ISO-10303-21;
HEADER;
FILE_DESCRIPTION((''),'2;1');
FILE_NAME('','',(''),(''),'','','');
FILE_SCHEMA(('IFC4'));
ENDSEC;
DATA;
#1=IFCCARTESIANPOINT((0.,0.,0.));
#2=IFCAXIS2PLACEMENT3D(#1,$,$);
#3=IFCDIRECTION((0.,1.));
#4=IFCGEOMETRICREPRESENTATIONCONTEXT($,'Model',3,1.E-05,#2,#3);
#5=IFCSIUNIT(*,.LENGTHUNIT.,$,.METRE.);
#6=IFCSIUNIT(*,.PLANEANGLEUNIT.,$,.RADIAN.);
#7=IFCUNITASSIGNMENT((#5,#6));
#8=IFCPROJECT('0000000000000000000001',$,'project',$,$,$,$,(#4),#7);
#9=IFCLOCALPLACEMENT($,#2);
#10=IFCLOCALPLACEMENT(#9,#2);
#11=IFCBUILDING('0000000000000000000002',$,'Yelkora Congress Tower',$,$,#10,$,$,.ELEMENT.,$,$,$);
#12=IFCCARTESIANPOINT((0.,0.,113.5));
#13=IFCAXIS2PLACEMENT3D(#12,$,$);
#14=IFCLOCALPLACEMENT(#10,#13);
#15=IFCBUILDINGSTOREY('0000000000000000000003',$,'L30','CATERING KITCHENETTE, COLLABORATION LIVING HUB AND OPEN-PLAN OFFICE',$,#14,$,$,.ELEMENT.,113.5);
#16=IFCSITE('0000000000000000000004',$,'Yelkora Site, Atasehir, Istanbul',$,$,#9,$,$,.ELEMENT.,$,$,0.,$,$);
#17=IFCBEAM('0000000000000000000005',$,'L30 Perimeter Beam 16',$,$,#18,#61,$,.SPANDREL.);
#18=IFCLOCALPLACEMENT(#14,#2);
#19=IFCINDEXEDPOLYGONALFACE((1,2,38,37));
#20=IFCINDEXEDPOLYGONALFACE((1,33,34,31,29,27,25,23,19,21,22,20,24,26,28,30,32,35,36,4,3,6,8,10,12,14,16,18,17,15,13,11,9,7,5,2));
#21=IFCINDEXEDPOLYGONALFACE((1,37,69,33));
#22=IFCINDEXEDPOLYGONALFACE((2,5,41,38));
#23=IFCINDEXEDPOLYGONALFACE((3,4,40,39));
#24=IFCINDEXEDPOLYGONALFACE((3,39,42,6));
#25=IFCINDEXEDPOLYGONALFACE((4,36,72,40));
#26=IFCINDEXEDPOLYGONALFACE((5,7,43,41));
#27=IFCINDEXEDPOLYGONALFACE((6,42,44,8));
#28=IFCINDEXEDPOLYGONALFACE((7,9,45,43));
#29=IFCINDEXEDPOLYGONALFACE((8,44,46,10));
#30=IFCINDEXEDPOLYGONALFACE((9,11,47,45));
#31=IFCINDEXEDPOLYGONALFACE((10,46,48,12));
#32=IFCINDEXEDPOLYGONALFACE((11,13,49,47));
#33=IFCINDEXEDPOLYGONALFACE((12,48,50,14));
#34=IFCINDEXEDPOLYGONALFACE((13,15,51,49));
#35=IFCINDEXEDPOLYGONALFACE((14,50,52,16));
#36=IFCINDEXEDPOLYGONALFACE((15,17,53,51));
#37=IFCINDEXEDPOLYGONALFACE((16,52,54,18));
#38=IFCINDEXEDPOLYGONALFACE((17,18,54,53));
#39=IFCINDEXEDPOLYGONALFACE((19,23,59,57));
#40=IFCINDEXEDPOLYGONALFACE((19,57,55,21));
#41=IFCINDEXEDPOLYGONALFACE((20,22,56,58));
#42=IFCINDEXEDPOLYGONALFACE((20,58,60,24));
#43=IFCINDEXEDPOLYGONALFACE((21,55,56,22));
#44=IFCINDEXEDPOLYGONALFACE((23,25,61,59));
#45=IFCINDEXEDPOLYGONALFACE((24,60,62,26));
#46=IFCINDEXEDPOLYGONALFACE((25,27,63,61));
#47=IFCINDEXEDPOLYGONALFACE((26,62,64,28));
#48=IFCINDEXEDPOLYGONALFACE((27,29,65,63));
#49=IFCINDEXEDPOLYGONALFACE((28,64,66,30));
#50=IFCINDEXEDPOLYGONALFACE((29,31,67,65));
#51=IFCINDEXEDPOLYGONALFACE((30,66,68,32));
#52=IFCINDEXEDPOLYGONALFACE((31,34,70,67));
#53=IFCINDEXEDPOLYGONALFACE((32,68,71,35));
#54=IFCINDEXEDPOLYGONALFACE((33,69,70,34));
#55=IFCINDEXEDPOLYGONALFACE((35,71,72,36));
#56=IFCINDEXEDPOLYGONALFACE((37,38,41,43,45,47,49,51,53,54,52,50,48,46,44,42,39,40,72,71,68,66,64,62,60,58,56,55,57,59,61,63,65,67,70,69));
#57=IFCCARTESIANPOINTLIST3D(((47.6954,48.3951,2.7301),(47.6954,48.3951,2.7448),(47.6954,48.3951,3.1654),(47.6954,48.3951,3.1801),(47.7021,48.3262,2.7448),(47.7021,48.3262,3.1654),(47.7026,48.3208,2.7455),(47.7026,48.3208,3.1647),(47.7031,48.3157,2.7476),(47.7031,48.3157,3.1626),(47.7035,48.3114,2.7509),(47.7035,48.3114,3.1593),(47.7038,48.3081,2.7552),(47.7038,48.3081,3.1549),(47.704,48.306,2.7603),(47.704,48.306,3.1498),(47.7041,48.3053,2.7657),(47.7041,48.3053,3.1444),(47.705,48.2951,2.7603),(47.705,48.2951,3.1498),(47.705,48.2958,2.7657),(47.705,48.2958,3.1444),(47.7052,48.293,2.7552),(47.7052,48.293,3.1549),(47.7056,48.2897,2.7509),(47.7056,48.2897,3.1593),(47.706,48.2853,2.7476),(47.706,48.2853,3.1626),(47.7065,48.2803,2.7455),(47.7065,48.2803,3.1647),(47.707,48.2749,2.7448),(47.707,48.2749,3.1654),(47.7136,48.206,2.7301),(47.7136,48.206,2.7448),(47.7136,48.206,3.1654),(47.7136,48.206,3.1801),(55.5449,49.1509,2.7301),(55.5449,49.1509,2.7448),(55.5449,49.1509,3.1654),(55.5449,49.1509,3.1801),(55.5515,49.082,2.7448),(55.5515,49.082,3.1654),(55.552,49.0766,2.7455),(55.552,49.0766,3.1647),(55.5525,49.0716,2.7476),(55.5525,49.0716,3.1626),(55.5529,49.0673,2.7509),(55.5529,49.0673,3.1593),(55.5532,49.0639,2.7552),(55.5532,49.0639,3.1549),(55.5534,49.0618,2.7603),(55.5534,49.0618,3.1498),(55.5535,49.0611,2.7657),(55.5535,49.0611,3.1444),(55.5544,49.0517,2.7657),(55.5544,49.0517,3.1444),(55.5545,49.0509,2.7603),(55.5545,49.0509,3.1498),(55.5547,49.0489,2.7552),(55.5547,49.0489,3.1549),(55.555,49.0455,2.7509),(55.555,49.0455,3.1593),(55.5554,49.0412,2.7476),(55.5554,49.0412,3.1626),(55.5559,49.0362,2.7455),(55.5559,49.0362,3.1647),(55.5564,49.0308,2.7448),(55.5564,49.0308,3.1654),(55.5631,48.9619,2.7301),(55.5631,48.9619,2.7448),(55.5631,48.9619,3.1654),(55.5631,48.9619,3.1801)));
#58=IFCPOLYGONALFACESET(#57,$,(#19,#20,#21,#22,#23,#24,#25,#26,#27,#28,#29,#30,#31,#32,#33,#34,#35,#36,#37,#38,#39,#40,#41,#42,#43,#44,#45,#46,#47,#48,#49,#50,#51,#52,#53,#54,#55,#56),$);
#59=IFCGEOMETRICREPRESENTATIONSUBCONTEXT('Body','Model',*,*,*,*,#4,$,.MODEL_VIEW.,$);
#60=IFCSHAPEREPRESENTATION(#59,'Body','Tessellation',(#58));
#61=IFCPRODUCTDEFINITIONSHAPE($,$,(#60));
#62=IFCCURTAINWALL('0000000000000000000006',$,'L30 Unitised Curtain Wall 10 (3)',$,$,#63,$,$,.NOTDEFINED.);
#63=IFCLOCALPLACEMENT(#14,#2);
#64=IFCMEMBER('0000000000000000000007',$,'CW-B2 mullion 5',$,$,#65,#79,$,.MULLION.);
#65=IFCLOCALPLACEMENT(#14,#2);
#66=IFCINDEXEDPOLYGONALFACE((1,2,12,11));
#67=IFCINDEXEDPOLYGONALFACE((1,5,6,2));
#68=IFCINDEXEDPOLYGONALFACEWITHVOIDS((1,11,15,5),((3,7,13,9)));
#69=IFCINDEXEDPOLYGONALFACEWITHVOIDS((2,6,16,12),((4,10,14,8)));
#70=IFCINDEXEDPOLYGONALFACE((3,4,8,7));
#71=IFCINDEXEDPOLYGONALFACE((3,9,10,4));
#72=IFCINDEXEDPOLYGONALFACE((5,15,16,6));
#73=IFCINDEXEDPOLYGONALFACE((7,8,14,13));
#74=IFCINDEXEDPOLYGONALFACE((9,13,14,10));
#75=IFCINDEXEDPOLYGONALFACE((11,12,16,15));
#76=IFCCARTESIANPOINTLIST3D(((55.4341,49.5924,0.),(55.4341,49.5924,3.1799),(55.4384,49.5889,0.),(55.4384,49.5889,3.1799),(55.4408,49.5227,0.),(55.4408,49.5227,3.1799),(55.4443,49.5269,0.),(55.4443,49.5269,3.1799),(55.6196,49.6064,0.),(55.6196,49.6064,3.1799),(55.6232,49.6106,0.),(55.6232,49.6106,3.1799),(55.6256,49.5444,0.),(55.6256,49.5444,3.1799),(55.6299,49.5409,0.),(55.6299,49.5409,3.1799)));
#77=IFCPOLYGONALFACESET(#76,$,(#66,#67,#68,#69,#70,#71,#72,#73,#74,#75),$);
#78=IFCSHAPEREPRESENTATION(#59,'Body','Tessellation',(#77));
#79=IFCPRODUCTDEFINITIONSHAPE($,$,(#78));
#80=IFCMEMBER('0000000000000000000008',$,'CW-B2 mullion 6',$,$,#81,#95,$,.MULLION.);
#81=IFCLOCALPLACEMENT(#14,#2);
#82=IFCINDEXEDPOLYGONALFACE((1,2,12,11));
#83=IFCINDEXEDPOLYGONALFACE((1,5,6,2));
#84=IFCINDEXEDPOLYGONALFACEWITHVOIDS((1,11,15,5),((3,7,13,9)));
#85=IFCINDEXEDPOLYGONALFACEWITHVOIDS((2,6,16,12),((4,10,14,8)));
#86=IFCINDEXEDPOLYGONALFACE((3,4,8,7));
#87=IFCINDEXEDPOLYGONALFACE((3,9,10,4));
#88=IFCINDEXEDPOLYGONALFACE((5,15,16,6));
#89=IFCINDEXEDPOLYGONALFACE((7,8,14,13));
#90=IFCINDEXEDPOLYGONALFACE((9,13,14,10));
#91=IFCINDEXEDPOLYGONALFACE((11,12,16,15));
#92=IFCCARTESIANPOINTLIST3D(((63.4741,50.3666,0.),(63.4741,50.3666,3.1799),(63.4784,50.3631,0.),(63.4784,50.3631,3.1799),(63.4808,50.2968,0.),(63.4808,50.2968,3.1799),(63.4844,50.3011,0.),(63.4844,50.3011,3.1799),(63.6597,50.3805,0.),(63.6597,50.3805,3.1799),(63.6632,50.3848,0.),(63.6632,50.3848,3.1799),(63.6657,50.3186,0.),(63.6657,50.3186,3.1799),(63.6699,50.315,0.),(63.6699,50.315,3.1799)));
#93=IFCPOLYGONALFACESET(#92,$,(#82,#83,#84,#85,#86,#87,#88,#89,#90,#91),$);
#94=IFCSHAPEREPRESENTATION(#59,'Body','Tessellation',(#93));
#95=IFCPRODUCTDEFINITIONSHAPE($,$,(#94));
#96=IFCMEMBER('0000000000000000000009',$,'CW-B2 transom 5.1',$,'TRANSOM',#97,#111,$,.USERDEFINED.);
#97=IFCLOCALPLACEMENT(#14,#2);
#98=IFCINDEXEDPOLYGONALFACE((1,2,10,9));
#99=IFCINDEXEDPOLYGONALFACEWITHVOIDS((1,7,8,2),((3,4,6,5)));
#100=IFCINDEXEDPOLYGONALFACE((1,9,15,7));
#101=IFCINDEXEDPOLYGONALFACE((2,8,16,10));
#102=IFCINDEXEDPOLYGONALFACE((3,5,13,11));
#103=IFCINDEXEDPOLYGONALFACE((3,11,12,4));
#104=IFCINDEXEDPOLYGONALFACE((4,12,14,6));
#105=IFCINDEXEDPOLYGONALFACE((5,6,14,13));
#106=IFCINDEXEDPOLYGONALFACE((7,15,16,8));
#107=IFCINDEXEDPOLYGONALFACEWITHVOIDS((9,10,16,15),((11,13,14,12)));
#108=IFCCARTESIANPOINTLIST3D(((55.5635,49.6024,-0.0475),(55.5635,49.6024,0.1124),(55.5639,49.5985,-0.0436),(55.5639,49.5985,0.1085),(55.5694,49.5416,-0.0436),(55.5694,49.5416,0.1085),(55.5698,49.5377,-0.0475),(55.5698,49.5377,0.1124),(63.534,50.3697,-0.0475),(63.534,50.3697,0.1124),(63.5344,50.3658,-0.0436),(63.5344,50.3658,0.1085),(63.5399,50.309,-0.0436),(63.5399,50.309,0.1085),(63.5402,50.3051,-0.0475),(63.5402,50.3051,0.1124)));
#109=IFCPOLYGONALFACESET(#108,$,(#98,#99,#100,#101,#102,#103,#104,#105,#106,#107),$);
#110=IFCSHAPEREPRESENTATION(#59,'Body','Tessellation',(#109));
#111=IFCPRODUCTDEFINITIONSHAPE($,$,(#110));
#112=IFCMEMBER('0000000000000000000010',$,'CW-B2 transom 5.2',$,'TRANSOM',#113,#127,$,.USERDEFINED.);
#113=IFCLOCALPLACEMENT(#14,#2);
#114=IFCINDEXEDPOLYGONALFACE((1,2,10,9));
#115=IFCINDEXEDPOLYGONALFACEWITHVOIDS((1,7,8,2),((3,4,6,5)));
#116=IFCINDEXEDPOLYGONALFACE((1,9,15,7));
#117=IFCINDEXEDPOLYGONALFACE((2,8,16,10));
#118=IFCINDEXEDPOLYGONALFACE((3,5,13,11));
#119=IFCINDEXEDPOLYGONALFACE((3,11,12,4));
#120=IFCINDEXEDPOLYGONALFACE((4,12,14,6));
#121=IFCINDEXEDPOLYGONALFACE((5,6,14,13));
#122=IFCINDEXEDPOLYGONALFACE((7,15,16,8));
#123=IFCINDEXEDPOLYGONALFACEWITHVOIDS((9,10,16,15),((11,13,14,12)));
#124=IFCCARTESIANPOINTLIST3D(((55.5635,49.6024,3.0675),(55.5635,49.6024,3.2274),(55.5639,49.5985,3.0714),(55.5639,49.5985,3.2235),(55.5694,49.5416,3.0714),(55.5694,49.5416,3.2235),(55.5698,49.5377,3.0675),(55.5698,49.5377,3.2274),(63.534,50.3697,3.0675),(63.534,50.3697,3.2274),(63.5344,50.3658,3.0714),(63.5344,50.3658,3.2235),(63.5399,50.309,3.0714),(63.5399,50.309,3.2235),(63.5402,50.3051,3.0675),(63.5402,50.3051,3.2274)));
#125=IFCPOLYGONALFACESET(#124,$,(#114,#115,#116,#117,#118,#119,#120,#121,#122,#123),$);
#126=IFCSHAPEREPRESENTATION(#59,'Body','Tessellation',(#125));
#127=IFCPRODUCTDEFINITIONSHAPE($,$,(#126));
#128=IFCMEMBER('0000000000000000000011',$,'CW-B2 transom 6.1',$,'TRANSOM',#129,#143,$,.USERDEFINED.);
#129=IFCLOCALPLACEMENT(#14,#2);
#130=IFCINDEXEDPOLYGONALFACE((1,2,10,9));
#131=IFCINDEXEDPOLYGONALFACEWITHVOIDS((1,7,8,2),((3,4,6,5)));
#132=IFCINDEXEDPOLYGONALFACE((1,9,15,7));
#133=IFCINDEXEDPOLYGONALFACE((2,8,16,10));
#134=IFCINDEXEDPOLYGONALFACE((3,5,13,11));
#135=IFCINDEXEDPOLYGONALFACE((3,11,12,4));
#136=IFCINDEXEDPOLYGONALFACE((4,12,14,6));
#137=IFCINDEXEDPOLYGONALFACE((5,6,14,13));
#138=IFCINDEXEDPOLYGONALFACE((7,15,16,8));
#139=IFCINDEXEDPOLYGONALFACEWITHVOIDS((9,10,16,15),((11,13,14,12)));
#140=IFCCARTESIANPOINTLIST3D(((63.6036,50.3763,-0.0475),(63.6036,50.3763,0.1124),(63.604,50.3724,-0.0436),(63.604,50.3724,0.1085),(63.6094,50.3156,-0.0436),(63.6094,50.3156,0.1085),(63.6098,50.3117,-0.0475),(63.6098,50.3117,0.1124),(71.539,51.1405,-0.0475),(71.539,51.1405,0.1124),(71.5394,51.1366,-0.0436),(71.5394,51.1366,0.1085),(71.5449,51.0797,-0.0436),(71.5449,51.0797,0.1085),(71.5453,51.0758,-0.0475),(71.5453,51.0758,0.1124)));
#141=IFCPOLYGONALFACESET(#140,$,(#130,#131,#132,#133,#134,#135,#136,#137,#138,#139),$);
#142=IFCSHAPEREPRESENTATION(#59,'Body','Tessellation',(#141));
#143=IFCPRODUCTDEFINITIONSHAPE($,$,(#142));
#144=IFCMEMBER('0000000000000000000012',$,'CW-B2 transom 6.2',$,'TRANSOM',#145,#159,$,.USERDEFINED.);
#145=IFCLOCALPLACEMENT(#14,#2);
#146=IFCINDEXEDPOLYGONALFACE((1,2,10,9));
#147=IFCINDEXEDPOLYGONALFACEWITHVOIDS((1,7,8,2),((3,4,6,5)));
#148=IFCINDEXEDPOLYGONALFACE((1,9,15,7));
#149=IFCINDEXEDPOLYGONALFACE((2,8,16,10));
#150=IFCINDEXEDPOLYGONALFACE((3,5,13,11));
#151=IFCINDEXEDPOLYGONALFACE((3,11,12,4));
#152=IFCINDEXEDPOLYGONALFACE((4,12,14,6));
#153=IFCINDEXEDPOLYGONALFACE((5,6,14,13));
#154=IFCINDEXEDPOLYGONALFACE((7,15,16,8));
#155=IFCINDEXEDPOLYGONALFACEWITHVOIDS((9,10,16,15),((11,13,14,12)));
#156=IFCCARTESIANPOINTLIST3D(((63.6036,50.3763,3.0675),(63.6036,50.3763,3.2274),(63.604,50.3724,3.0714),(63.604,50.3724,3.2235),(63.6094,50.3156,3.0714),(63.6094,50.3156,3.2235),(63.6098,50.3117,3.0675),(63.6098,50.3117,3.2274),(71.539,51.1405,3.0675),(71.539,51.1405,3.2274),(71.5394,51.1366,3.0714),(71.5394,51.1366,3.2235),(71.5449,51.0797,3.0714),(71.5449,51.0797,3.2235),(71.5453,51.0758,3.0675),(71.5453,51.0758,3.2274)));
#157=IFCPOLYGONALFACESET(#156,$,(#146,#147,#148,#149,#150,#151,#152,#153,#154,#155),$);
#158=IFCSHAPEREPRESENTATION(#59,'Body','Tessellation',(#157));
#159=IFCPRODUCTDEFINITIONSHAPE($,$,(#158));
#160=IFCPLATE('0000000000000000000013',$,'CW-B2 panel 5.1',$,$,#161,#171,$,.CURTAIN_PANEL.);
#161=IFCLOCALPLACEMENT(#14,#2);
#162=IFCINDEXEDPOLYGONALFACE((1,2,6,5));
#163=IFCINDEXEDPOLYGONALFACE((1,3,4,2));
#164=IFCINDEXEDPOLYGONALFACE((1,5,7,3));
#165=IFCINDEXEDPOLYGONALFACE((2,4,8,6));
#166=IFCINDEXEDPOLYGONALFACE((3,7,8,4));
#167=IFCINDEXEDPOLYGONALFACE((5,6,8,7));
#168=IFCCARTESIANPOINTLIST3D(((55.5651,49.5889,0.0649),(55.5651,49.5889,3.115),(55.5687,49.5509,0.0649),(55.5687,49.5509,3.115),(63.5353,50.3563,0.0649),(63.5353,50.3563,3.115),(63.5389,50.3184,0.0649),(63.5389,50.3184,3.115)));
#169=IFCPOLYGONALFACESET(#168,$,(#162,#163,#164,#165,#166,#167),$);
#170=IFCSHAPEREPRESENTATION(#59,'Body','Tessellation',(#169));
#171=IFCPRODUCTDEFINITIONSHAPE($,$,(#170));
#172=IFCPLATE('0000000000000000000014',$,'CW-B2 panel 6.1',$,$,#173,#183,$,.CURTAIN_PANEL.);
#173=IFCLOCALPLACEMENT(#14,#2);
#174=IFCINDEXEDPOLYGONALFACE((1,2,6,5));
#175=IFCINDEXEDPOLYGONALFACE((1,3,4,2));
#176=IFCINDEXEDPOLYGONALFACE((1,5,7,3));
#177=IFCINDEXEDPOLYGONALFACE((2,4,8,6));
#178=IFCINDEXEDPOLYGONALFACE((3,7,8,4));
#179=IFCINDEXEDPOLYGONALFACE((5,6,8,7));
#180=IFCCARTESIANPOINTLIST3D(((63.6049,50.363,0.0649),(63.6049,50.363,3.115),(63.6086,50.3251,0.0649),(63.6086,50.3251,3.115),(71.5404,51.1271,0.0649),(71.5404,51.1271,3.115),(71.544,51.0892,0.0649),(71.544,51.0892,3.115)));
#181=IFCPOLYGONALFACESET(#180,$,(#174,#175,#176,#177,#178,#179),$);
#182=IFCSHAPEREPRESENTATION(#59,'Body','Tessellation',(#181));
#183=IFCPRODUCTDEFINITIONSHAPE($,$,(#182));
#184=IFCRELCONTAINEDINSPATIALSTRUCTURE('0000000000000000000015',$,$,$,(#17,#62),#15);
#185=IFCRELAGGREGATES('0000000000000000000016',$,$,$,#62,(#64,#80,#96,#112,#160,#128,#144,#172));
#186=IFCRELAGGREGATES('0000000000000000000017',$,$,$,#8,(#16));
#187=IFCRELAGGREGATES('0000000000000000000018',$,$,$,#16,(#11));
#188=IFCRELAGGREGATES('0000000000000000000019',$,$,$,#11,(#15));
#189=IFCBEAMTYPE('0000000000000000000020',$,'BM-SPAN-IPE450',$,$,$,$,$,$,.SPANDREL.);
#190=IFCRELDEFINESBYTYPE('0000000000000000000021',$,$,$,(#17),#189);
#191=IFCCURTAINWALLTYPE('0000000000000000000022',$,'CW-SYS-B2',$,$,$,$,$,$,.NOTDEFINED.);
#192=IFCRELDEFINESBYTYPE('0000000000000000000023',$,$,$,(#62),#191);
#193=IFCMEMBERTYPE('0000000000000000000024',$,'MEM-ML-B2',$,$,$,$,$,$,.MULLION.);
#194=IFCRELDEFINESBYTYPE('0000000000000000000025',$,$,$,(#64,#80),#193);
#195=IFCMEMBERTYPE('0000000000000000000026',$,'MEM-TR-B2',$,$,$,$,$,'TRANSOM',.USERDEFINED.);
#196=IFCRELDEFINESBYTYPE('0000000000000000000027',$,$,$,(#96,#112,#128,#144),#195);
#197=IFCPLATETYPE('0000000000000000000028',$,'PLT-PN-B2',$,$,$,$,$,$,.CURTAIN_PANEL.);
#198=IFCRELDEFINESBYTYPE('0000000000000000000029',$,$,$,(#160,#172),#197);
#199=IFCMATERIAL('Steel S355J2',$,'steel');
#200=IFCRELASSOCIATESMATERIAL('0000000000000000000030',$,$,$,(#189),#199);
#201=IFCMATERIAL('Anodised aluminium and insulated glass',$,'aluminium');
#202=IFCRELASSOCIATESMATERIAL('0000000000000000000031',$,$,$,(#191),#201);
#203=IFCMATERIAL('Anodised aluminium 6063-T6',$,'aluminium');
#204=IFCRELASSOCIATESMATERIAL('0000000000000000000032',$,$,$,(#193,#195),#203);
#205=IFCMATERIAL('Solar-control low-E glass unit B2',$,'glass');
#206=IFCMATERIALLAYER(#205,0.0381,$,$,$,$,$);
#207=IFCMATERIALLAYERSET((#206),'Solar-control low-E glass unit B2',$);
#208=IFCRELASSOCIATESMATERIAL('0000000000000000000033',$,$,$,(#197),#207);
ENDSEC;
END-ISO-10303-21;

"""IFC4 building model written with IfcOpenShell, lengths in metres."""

from ifc_helpers import new_model, si_unit, direction, frame, origin, origin_2d, place, context, subcontext, project, spatial, rectangle, hollow_rectangle, i_section, extrude, material, layer, layer_set, material_profile, profile_set, type_object, element, aggregate, save


model = new_model("IFC4")

# Units and contexts
model_context = context("Model", 3, precision=1e-05, world=origin(), true_north=direction((0.0, 1.0)))
body_context = subcontext(model_context, "Body", "Model", "MODEL_VIEW")
ifc_project = project(units=[si_unit("LENGTHUNIT", "METRE"), si_unit("PLANEANGLEUNIT", "RADIAN")], contexts=[model_context])

# Site, building, storey
site_placement = place(None, origin())
site = spatial("IfcSite", under=ifc_project, at=site_placement, Name="Yelkora Site, Atasehir, Istanbul", CompositionType="ELEMENT", RefElevation=0.0)
building_placement = place(site_placement, origin())
building = spatial("IfcBuilding", under=site, at=building_placement, Name="Yelkora Congress Tower", CompositionType="ELEMENT")
storey_placement = place(building_placement, frame((0.0, 0.0, 113.5)))
storey = spatial("IfcBuildingStorey", under=building, at=storey_placement, Name="L30", Description="CATERING KITCHENETTE, COLLABORATION LIVING HUB AND OPEN-PLAN OFFICE", CompositionType="ELEMENT", Elevation=113.5)

# Beam
ifc_material_1 = material(Name="Steel S355J2", Category="steel")
ifc_material_profile_1 = material_profile(ifc_material_1, i_section(OverallWidth=0.1899, OverallDepth=0.45, WebThickness=0.0095, FlangeThickness=0.0146, FilletRadius=0.021, at=origin_2d()), Name="IPE 450")
ifc_profile_set_1 = profile_set([ifc_material_profile_1], Name="Steel S355J2")
beam_type_1 = type_object("IfcBeamType", Name="BM-SPAN-IPE450", PredefinedType="SPANDREL", material=ifc_profile_set_1)
for number, where, z_axis, x_axis, name in (
    (1, (55.554, 49.0564, 2.9551), (-0.995396, -0.095852, 0.0), (0.095852, -0.995396, 0.0), "L30 Perimeter Beam 16"),
):
    element("IfcBeam", number, at=place(storey_placement, frame(where, z_axis=z_axis, x_axis=x_axis)), inside=storey, type_object=beam_type_1, Name=name, PredefinedType="SPANDREL", context=body_context, shape_type="SweptSolid", body=[
        extrude(i_section(OverallWidth=0.1899, OverallDepth=0.45, WebThickness=0.0095, FlangeThickness=0.0146, FilletRadius=0.021, at=origin_2d()), origin(), (0.0, 0.0, 1.0), 7.8857),
    ])

# Curtain wall, members, plates
ifc_material_2 = material(Name="Anodised aluminium and insulated glass", Category="aluminium")
curtain_wall_type = type_object("IfcCurtainWallType", Name="CW-SYS-B2", PredefinedType="NOTDEFINED", material=ifc_material_2)
curtain_wall_placement = place(storey_placement, origin())
curtain_wall = element("IfcCurtainWall", 2, at=curtain_wall_placement, inside=storey, type_object=curtain_wall_type, Name="L30 Unitised Curtain Wall 10 (3)", PredefinedType="NOTDEFINED")
ifc_material_3 = material(Name="Anodised aluminium 6063-T6", Category="aluminium")
ifc_material_profile_2 = material_profile(ifc_material_3, hollow_rectangle(XDim=0.0701, YDim=0.1899, WallThickness=0.0039, at=origin_2d()), Name="ALU 70x190x4")
ifc_profile_set_2 = profile_set([ifc_material_profile_2], Name="Anodised aluminium 6063-T6")
member_type_1 = type_object("IfcMemberType", Name="MEM-ML-B2", PredefinedType="MULLION", material=ifc_profile_set_2)
member_1_placement = place(storey_placement, frame((55.532, 49.5667, 0.0), z_axis=(0.0, 0.0, 1.0), x_axis=(-0.095844, 0.995396, 0.0)))
member_1 = element("IfcMember", 3, at=member_1_placement, type_object=member_type_1, Name="CW-B2 mullion 5", PredefinedType="MULLION", context=body_context, shape_type="SweptSolid", body=[
    extrude(hollow_rectangle(XDim=0.0701, YDim=0.1899, WallThickness=0.0039, at=origin_2d()), origin(), (0.0, 0.0, 1.0), 3.1799),
])
member_2_placement = place(storey_placement, frame((63.572, 50.3408, 0.0), z_axis=(0.0, 0.0, 1.0), x_axis=(-0.095844, 0.995396, 0.0)))
member_2 = element("IfcMember", 4, at=member_2_placement, type_object=member_type_1, Name="CW-B2 mullion 6", PredefinedType="MULLION", context=body_context, shape_type="SweptSolid", body=[
    extrude(hollow_rectangle(XDim=0.0701, YDim=0.1899, WallThickness=0.0039, at=origin_2d()), origin(), (0.0, 0.0, 1.0), 3.1799),
])
ifc_material_profile_3 = material_profile(ifc_material_3, hollow_rectangle(XDim=0.0649, YDim=0.1599, WallThickness=0.0039, at=origin_2d()), Name="ALU 65x160x4")
ifc_profile_set_3 = profile_set([ifc_material_profile_3], Name="Anodised aluminium 6063-T6")
member_type_2 = type_object("IfcMemberType", Name="MEM-TR-B2", ElementType="TRANSOM", PredefinedType="USERDEFINED", material=ifc_profile_set_3)
member_3_placement = place(storey_placement, frame((55.5667, 49.5701, 0.0325), z_axis=(0.995398, 0.095829, 0.0), x_axis=(-0.095829, 0.995398, 0.0)))
member_3 = element("IfcMember", 5, at=member_3_placement, type_object=member_type_2, Name="CW-B2 transom 5.1", ObjectType="TRANSOM", PredefinedType="USERDEFINED", context=body_context, shape_type="SweptSolid", body=[
    extrude(hollow_rectangle(XDim=0.0649, YDim=0.1599, WallThickness=0.0039, at=origin_2d()), origin(), (0.0, 0.0, 1.0), 8.0073),
])
member_4_placement = place(storey_placement, frame((55.5667, 49.5701, 3.1475), z_axis=(0.995398, 0.095829, 0.0), x_axis=(-0.095829, 0.995398, 0.0)))
member_4 = element("IfcMember", 6, at=member_4_placement, type_object=member_type_2, Name="CW-B2 transom 5.2", ObjectType="TRANSOM", PredefinedType="USERDEFINED", context=body_context, shape_type="SweptSolid", body=[
    extrude(hollow_rectangle(XDim=0.0649, YDim=0.1599, WallThickness=0.0039, at=origin_2d()), origin(), (0.0, 0.0, 1.0), 8.0073),
])
member_5_placement = place(storey_placement, frame((63.6067, 50.344, 0.0325), z_axis=(0.995396, 0.095852, 0.0), x_axis=(-0.095852, 0.995396, 0.0)))
member_5 = element("IfcMember", 7, at=member_5_placement, type_object=member_type_2, Name="CW-B2 transom 6.1", ObjectType="TRANSOM", PredefinedType="USERDEFINED", context=body_context, shape_type="SweptSolid", body=[
    extrude(hollow_rectangle(XDim=0.0649, YDim=0.1599, WallThickness=0.0039, at=origin_2d()), origin(), (0.0, 0.0, 1.0), 7.9722),
])
member_6_placement = place(storey_placement, frame((63.6067, 50.344, 3.1475), z_axis=(0.995396, 0.095852, 0.0), x_axis=(-0.095852, 0.995396, 0.0)))
member_6 = element("IfcMember", 8, at=member_6_placement, type_object=member_type_2, Name="CW-B2 transom 6.2", ObjectType="TRANSOM", PredefinedType="USERDEFINED", context=body_context, shape_type="SweptSolid", body=[
    extrude(hollow_rectangle(XDim=0.0649, YDim=0.1599, WallThickness=0.0039, at=origin_2d()), origin(), (0.0, 0.0, 1.0), 7.9722),
])
ifc_material_4 = material(Name="Solar-control low-E glass unit B2", Category="glass")
ifc_layer_1 = layer(ifc_material_4, 0.0381)
ifc_layer_set_1 = layer_set([ifc_layer_1], Name="Solar-control low-E glass unit B2")
plate_type = type_object("IfcPlateType", Name="PLT-PN-B2", PredefinedType="CURTAIN_PANEL", material=ifc_layer_set_1)
plate_1_placement = place(storey_placement, frame((59.552, 49.9536, 0.0649), z_axis=(0.0, 0.0, 1.0), x_axis=(0.995396, 0.095844, 0.0)))
plate_1 = element("IfcPlate", 9, at=plate_1_placement, type_object=plate_type, Name="CW-B2 panel 5.1", PredefinedType="CURTAIN_PANEL", context=body_context, shape_type="SweptSolid", body=[
    extrude(rectangle(XDim=8.0071, YDim=0.0381, at=origin_2d()), origin(), (0.0, 0.0, 1.0), 3.05),
])
plate_2_placement = place(storey_placement, frame((67.5745, 50.7261, 0.0649), z_axis=(0.0, 0.0, 1.0), x_axis=(0.995396, 0.095844, 0.0)))
plate_2 = element("IfcPlate", 10, at=plate_2_placement, type_object=plate_type, Name="CW-B2 panel 6.1", PredefinedType="CURTAIN_PANEL", context=body_context, shape_type="SweptSolid", body=[
    extrude(rectangle(XDim=7.9722, YDim=0.0381, at=origin_2d()), origin(), (0.0, 0.0, 1.0), 3.05),
])
aggregate(curtain_wall, [member_1, member_2, member_3, member_4, plate_1, member_5, member_6, plate_2])

save(model, "model.ifc")
